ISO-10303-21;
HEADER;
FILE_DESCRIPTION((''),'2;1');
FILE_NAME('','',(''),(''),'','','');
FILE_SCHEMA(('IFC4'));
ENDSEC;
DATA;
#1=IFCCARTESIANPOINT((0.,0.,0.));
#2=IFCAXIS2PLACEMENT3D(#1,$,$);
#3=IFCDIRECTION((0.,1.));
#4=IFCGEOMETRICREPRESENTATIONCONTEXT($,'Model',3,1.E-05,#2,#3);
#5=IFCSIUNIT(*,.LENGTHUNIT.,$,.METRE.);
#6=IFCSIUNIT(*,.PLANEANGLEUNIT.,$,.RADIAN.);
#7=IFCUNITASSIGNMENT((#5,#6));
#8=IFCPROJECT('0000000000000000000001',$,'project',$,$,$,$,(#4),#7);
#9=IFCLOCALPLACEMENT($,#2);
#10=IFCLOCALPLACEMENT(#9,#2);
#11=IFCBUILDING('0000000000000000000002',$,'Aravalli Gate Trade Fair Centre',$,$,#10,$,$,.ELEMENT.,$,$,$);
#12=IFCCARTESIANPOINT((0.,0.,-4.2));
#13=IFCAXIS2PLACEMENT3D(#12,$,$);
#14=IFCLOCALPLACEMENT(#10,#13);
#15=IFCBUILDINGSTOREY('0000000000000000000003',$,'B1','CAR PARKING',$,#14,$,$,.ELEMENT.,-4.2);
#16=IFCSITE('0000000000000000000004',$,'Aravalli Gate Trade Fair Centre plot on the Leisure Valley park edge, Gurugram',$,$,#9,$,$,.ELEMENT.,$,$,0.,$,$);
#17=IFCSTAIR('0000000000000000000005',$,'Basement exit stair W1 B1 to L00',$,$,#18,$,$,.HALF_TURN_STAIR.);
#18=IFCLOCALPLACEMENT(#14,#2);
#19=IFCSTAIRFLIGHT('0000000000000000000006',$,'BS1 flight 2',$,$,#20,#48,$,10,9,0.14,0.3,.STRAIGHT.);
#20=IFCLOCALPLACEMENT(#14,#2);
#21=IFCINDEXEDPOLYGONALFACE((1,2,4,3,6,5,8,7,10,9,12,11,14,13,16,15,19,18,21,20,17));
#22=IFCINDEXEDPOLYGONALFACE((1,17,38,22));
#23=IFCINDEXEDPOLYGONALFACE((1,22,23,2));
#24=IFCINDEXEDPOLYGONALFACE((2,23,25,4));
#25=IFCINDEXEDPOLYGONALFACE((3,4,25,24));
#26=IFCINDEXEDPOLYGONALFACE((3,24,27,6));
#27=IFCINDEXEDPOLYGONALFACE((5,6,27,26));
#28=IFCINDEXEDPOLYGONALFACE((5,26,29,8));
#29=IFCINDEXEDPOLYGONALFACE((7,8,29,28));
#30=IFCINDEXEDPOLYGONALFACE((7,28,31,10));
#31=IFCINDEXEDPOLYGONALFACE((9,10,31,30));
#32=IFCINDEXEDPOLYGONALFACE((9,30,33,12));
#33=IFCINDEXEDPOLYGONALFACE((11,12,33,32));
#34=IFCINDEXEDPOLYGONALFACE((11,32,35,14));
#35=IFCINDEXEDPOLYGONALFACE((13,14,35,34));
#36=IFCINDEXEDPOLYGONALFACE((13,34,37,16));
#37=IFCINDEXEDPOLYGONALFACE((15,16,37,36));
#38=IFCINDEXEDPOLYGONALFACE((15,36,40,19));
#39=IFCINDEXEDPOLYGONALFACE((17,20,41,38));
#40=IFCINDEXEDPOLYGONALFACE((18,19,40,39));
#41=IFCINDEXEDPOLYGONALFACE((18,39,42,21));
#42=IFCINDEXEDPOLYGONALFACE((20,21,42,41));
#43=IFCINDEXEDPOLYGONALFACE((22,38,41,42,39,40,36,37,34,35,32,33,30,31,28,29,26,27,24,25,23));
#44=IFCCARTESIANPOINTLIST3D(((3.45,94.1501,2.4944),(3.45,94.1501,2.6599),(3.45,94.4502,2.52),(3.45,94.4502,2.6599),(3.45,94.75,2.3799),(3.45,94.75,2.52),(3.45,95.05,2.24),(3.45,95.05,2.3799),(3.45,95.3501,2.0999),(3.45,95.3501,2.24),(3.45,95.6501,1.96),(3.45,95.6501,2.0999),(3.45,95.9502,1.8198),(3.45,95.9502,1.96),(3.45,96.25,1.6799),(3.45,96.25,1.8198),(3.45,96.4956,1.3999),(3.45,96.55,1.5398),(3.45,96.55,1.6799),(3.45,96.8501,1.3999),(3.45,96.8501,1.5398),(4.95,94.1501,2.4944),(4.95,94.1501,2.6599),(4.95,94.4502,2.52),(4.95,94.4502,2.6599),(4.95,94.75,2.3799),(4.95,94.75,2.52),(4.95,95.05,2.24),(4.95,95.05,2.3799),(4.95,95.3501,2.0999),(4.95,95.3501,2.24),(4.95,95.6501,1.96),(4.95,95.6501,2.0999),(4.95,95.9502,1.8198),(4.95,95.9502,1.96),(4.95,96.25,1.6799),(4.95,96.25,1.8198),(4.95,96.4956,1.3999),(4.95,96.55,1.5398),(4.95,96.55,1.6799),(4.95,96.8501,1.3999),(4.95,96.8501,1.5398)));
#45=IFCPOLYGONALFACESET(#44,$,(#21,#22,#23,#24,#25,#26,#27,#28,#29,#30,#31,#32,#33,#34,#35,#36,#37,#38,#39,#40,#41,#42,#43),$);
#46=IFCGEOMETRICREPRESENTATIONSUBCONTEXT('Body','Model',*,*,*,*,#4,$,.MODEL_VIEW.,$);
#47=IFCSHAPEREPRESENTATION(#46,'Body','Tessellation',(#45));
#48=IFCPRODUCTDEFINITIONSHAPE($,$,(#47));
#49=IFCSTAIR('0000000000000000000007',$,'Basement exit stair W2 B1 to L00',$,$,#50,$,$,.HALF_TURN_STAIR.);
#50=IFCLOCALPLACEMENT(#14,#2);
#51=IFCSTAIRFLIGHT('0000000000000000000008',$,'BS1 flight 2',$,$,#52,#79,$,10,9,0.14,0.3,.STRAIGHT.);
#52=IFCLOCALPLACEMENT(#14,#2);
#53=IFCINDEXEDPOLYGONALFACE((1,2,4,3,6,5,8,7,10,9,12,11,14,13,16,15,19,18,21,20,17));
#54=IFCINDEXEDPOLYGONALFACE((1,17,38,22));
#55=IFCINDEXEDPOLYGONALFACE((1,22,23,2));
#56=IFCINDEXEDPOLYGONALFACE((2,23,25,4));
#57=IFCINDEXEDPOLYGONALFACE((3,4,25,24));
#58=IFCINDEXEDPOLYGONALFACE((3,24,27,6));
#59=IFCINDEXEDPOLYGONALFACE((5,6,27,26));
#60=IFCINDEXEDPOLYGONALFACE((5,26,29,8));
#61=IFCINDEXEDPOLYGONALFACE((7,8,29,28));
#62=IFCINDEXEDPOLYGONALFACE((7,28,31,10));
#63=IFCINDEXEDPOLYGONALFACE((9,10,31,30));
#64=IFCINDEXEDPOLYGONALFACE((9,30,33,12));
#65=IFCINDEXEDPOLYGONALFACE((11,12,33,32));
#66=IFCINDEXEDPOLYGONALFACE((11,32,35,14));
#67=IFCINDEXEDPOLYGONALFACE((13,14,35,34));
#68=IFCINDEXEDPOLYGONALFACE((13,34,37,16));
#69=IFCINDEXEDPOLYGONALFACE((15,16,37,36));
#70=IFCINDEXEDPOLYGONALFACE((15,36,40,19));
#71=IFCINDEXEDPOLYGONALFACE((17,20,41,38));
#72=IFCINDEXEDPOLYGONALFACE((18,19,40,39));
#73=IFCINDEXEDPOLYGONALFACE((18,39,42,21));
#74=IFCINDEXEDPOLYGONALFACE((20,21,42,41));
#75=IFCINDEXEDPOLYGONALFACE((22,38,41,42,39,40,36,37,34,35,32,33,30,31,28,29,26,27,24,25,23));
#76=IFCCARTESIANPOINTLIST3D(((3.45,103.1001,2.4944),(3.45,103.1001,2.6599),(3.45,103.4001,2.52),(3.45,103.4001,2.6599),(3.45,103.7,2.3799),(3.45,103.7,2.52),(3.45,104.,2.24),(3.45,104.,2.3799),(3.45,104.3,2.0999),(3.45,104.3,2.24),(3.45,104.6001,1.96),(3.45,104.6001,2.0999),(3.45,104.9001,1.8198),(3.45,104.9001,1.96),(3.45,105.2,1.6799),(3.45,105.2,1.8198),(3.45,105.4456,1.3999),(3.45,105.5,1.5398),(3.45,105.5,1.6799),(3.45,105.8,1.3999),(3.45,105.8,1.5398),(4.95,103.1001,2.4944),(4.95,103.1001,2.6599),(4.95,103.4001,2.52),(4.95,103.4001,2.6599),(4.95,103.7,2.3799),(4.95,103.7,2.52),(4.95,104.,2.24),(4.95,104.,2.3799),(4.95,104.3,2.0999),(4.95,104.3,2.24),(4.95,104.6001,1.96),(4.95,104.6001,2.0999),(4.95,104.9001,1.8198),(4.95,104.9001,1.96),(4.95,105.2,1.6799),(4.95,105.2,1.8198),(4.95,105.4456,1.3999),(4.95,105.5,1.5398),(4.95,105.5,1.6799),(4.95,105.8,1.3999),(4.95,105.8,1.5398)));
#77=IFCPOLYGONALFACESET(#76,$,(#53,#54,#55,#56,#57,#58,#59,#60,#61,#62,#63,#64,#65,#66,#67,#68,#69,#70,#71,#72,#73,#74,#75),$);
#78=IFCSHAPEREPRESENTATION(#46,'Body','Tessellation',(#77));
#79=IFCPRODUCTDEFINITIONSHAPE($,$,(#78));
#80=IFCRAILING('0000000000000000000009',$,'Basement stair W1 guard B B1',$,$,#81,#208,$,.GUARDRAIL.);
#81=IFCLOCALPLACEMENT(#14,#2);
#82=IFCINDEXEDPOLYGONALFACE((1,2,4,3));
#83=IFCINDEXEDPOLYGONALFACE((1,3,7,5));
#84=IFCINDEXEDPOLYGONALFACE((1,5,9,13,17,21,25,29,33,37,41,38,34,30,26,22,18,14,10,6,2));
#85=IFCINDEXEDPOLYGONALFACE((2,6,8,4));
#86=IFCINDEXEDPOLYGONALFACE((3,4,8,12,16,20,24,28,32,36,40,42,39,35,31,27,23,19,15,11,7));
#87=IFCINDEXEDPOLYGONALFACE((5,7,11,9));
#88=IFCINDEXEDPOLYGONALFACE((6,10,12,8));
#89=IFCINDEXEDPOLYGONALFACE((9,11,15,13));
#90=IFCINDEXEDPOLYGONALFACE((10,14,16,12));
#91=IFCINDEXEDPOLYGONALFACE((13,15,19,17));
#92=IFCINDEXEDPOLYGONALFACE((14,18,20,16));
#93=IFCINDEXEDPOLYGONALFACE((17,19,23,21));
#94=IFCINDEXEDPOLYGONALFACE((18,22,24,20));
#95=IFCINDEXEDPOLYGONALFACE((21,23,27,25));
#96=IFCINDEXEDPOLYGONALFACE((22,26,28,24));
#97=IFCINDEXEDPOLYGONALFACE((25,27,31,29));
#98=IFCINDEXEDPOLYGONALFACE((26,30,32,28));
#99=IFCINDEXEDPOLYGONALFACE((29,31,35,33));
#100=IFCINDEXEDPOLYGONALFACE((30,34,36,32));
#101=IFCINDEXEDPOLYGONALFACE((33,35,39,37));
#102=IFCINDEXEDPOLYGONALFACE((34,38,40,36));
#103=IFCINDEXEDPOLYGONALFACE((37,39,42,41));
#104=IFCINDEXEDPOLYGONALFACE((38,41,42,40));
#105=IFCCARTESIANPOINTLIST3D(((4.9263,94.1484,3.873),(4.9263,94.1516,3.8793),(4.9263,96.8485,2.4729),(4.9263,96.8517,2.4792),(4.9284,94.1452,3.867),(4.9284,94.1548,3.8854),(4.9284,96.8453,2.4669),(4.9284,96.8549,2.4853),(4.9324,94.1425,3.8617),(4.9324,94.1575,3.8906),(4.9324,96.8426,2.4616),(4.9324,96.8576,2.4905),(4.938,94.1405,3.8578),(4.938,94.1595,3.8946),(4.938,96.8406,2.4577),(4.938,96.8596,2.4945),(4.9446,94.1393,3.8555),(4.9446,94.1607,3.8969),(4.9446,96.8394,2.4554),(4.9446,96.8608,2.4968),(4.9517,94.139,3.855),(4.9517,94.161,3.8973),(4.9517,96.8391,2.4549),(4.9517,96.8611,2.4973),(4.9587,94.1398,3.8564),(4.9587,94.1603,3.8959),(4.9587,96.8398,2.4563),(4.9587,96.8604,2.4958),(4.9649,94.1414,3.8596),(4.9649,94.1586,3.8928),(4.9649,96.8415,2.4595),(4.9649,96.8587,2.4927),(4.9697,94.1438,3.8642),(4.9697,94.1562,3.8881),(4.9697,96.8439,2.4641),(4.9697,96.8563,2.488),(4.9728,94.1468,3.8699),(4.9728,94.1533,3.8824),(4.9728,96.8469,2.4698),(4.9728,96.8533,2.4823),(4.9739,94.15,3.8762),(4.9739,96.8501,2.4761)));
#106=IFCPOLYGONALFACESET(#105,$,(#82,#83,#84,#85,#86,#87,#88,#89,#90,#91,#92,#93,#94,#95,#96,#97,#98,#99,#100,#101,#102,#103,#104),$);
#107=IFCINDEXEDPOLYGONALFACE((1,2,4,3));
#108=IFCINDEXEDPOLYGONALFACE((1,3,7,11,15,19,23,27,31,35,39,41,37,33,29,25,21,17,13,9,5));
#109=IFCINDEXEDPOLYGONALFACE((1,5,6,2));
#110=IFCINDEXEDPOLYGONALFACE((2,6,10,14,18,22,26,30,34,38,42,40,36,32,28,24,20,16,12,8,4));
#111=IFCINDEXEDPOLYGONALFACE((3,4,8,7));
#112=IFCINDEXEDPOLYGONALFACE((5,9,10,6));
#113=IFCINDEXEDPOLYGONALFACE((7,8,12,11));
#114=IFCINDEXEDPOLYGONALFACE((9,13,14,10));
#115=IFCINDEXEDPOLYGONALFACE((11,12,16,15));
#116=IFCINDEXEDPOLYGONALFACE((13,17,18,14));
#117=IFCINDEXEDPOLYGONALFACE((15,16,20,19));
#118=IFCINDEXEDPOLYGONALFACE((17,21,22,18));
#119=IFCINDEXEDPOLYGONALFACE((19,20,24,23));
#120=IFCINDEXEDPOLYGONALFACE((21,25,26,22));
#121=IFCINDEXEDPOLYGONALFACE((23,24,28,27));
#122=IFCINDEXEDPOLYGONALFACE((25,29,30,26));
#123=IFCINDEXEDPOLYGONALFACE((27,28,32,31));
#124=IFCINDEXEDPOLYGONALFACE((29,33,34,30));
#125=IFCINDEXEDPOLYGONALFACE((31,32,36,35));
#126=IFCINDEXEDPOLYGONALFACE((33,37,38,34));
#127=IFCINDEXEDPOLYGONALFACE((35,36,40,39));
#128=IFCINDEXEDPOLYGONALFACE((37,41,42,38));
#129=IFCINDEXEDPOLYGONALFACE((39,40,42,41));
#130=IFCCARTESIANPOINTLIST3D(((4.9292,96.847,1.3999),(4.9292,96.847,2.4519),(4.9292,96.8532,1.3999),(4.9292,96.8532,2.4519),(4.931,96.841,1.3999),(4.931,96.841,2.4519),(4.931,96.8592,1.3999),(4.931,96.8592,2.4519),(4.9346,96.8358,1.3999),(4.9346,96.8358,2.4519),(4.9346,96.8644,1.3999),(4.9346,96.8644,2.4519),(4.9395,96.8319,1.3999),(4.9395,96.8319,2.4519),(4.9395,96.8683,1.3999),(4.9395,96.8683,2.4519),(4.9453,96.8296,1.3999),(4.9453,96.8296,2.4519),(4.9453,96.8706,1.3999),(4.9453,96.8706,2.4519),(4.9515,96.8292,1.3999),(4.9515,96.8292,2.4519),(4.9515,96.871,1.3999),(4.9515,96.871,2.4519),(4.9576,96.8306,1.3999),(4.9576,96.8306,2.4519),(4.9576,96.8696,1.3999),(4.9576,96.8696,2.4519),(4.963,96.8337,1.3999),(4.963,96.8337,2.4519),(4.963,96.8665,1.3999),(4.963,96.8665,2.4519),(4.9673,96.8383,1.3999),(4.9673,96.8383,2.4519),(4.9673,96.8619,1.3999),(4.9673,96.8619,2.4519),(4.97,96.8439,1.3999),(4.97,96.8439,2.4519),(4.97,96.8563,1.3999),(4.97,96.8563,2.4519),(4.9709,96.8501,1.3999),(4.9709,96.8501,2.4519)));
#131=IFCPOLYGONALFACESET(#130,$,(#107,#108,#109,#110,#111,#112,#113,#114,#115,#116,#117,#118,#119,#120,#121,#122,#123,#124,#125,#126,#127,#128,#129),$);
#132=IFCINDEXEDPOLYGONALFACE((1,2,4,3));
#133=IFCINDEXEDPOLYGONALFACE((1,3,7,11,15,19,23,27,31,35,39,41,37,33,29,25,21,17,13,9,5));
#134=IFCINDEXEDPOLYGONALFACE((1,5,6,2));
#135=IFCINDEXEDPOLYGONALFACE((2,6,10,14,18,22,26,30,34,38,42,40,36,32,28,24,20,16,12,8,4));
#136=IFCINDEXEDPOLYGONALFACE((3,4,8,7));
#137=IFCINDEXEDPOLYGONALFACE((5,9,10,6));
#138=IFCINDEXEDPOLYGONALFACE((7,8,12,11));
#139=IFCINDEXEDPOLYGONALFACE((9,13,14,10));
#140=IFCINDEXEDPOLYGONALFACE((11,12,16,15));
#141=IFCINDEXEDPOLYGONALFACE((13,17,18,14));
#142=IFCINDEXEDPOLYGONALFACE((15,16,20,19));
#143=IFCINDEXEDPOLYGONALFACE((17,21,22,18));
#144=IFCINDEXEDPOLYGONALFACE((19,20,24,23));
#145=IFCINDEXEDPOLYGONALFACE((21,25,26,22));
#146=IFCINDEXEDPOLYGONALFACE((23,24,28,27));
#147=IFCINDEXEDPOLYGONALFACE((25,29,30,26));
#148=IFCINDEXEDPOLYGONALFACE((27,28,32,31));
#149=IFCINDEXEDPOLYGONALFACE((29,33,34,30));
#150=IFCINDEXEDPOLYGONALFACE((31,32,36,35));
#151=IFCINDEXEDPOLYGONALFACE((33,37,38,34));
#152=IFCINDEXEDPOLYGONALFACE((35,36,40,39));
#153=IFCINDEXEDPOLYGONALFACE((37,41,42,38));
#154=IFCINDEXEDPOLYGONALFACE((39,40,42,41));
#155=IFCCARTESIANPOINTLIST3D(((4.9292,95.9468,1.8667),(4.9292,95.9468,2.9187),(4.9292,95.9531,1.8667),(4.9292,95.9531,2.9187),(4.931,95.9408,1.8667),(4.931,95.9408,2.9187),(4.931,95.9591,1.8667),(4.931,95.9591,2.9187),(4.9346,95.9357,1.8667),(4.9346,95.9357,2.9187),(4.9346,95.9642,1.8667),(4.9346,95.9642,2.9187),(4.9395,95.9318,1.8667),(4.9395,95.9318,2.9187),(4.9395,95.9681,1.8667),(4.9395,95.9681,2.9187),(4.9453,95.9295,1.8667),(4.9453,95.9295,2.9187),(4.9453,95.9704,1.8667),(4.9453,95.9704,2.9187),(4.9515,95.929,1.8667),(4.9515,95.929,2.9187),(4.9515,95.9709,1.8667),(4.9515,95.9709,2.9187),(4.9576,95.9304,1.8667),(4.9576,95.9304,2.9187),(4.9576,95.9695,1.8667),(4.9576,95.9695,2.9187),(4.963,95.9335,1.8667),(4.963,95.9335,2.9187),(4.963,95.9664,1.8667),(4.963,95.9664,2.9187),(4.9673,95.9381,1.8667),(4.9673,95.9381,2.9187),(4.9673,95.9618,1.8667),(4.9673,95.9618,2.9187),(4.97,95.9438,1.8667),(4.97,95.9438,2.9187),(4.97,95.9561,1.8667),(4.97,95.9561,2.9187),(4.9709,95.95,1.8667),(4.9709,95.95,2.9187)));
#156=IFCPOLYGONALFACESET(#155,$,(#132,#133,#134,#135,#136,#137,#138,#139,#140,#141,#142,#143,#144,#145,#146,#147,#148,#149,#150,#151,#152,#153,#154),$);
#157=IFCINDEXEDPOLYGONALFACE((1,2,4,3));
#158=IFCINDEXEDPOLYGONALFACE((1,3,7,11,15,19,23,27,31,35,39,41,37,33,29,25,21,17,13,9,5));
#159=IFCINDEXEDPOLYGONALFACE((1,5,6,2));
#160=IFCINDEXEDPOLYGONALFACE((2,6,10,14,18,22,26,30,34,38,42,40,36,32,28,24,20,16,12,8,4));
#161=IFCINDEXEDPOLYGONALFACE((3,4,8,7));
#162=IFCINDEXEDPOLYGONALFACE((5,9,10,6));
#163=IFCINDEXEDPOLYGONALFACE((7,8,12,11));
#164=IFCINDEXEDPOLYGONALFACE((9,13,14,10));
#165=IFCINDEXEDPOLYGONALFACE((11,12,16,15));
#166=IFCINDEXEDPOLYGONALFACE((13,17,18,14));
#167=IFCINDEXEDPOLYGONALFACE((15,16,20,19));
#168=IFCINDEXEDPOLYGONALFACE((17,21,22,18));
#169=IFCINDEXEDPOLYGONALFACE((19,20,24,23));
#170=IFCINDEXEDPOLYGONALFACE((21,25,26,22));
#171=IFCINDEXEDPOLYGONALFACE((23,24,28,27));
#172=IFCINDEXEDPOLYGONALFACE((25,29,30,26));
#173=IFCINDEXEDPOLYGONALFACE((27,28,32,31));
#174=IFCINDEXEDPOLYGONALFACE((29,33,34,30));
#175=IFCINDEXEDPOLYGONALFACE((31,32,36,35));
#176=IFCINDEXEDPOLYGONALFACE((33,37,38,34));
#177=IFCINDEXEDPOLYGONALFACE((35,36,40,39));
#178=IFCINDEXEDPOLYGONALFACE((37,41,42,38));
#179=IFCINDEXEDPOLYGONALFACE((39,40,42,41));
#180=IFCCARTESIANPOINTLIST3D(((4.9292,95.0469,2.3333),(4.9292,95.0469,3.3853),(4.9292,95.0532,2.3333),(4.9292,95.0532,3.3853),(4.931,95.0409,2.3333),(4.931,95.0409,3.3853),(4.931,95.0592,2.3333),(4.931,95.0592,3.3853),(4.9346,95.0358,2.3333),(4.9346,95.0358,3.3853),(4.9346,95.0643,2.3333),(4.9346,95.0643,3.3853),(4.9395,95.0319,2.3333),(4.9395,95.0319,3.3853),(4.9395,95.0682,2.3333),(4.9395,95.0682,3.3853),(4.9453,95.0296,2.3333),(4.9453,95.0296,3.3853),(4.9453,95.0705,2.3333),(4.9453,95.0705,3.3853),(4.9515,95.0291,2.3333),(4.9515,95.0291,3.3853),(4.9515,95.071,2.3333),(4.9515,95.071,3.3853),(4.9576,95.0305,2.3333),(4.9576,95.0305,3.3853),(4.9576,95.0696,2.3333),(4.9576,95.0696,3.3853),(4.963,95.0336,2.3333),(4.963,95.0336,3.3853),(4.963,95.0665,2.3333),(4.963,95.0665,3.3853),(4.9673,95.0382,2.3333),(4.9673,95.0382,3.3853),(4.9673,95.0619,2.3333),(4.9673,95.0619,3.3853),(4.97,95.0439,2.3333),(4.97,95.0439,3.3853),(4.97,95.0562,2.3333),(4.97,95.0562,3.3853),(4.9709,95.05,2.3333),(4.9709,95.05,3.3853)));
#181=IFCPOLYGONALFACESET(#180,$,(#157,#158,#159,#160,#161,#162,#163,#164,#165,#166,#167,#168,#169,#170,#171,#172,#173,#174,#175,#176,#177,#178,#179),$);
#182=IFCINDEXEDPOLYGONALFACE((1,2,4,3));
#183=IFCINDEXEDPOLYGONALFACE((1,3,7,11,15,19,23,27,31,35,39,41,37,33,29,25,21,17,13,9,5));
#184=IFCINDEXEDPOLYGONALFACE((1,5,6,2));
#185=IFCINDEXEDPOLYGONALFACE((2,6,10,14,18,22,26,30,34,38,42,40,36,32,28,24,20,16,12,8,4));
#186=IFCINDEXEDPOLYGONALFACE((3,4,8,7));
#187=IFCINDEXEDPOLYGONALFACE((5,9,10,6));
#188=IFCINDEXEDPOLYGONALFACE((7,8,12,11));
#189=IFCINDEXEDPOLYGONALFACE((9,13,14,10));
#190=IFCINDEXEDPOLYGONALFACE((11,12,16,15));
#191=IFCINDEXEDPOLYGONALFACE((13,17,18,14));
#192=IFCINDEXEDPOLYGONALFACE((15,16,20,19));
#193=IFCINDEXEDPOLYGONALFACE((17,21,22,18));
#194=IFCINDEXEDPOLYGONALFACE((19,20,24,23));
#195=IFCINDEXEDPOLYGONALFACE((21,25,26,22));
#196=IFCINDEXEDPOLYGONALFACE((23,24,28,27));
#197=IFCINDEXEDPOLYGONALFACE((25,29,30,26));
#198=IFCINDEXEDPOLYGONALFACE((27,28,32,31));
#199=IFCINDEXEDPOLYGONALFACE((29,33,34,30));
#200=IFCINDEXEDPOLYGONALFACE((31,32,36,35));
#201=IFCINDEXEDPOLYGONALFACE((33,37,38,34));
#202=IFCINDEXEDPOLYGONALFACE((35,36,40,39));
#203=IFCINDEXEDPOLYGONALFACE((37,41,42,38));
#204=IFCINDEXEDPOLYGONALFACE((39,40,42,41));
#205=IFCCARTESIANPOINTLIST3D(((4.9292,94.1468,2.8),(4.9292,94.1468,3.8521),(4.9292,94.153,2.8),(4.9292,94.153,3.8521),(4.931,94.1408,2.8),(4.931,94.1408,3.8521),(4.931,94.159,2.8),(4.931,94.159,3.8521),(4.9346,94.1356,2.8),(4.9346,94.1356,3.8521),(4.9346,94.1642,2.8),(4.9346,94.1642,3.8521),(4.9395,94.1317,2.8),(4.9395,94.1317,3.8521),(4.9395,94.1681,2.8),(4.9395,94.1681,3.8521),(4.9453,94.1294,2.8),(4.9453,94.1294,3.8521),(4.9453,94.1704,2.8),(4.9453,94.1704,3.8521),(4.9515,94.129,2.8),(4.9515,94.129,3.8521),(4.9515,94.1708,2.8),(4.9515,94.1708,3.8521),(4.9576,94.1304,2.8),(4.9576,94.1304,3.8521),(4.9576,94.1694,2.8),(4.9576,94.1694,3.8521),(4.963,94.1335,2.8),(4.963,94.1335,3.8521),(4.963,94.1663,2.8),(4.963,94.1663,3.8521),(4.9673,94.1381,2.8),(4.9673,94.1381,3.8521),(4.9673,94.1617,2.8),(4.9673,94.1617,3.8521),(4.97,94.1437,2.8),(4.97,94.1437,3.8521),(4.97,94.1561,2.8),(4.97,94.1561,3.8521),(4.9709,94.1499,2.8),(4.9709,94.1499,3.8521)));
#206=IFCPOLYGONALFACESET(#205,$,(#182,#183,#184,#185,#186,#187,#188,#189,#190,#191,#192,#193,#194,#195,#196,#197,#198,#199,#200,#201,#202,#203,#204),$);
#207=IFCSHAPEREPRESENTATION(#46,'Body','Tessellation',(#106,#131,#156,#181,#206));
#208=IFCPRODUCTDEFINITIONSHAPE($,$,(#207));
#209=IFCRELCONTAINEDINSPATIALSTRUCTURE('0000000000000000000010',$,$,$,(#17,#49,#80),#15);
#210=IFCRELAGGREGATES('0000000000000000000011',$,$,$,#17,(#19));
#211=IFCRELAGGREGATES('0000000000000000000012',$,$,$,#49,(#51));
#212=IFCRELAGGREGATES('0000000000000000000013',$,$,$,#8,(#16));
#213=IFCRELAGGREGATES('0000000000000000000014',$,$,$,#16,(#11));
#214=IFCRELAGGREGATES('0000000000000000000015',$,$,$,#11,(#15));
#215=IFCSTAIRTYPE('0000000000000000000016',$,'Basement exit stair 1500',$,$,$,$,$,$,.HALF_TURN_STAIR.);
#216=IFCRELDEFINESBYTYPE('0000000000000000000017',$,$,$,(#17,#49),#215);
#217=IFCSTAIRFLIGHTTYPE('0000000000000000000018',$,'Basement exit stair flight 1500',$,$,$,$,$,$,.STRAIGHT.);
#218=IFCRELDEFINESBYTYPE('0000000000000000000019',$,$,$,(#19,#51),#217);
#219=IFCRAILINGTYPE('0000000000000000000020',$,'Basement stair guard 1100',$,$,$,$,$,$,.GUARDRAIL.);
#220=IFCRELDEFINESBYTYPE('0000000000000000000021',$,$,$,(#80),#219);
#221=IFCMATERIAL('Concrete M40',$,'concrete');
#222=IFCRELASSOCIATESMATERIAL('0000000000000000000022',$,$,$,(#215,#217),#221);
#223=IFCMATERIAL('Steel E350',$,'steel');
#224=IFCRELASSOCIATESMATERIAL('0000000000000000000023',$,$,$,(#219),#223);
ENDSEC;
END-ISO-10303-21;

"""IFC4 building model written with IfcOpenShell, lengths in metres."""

from ifc_helpers import new_model, si_unit, direction, frame, origin, origin_2d, place, context, subcontext, project, spatial, polyline, circle, outline, extrude, material, type_object, element, aggregate, save


model = new_model("IFC4")

# Units and contexts
model_context = context("Model", 3, precision=1e-05, world=origin(), true_north=direction((0.0, 1.0)))
body_context = subcontext(model_context, "Body", "Model", "MODEL_VIEW")
ifc_project = project(units=[si_unit("LENGTHUNIT", "METRE"), si_unit("PLANEANGLEUNIT", "RADIAN")], contexts=[model_context])

# Site, building, storey
site_placement = place(None, origin())
site = spatial("IfcSite", under=ifc_project, at=site_placement, Name="Aravalli Gate Trade Fair Centre plot on the Leisure Valley park edge, Gurugram", CompositionType="ELEMENT", RefElevation=0.0)
building_placement = place(site_placement, origin())
building = spatial("IfcBuilding", under=site, at=building_placement, Name="Aravalli Gate Trade Fair Centre", CompositionType="ELEMENT")
storey_placement = place(building_placement, frame((0.0, 0.0, -4.2)))
storey = spatial("IfcBuildingStorey", under=building, at=storey_placement, Name="B1", Description="CAR PARKING", CompositionType="ELEMENT", Elevation=-4.2)

# Shared definitions
ifc_material_1 = material(Name="Concrete M40", Category="concrete")

# Stairs, stair flights
stair_type = type_object("IfcStairType", Name="Basement exit stair 1500", PredefinedType="HALF_TURN_STAIR", material=ifc_material_1)
stair_1_placement = place(storey_placement, origin())
stair_1 = element("IfcStair", 1, at=stair_1_placement, inside=storey, type_object=stair_type, Name="Basement exit stair W1 B1 to L00", PredefinedType="HALF_TURN_STAIR")
stair_flight_type = type_object("IfcStairFlightType", Name="Basement exit stair flight 1500", PredefinedType="STRAIGHT", material=ifc_material_1)
stair_flight_1_placement = place(storey_placement, frame((4.2, 96.8501, 1.3999), z_axis=(0.0, 0.0, 1.0), x_axis=(0.0, -1.0, 0.0)))
stair_flight_1 = element("IfcStairFlight", 2, at=stair_flight_1_placement, type_object=stair_flight_type, Name="BS1 flight 2", NumberOfRisers=10, NumberOfTreads=9, PredefinedType="STRAIGHT", RiserHeight=0.14, TreadLength=0.3, context=body_context, shape_type="SweptSolid", body=[
    extrude(outline(polyline([(0.0, 0.0), (0.0, 0.1399), (0.3, 0.1399), (0.3, 0.28), (0.6001, 0.28), (0.6001, 0.4199), (0.8999, 0.4199), (0.8999, 0.5601), (1.2, 0.5601), (1.2, 0.7), (1.5, 0.7), (1.5, 0.8401), (1.8, 0.8401), (1.8, 0.98), (2.1001, 0.98), (2.1001, 1.1201), (2.3999, 1.1201), (2.3999, 1.26), (2.7, 1.26), (2.7, 1.3999), (2.7, 1.0945), (0.3545, 0.0), (0.0, 0.0)])), frame((0.0, 0.75, 0.0), z_axis=(0.0, -1.0, 0.0), x_axis=(1.0, 0.0, 0.0)), (0.0, 0.0, 1.0), 1.5),
])
aggregate(stair_1, [stair_flight_1])
stair_2_placement = place(storey_placement, origin())
stair_2 = element("IfcStair", 3, at=stair_2_placement, inside=storey, type_object=stair_type, Name="Basement exit stair W2 B1 to L00", PredefinedType="HALF_TURN_STAIR")
stair_flight_2_placement = place(storey_placement, frame((4.2, 105.8, 1.3999), z_axis=(0.0, 0.0, 1.0), x_axis=(0.0, -1.0, 0.0)))
stair_flight_2 = element("IfcStairFlight", 4, at=stair_flight_2_placement, type_object=stair_flight_type, Name="BS1 flight 2", NumberOfRisers=10, NumberOfTreads=9, PredefinedType="STRAIGHT", RiserHeight=0.14, TreadLength=0.3, context=body_context, shape_type="SweptSolid", body=[
    extrude(outline(polyline([(0.0, 0.0), (0.0, 0.1399), (0.3, 0.1399), (0.3, 0.28), (0.6001, 0.28), (0.6001, 0.4199), (0.8999, 0.4199), (0.8999, 0.5601), (1.2, 0.5601), (1.2, 0.7), (1.5, 0.7), (1.5, 0.8401), (1.8, 0.8401), (1.8, 0.98), (2.1001, 0.98), (2.1001, 1.1201), (2.3999, 1.1201), (2.3999, 1.26), (2.7, 1.26), (2.7, 1.3999), (2.7, 1.0945), (0.3545, 0.0), (0.0, 0.0)])), frame((0.0, 0.75, 0.0), z_axis=(0.0, -1.0, 0.0), x_axis=(1.0, 0.0, 0.0)), (0.0, 0.0, 1.0), 1.5),
])
aggregate(stair_2, [stair_flight_2])

# Railing
ifc_material_2 = material(Name="Steel E350", Category="steel")
railing_type = type_object("IfcRailingType", Name="Basement stair guard 1100", PredefinedType="GUARDRAIL", material=ifc_material_2)
railing_1_placement = place(storey_placement, frame((4.95, 96.8501, 1.3999)))
element("IfcRailing", 5, at=railing_1_placement, inside=storey, type_object=railing_type, Name="Basement stair W1 guard B B1", PredefinedType="GUARDRAIL", context=body_context, shape_type="SweptSolid", body=[
    extrude(circle(Radius=0.0239, at=origin_2d()), frame((0.0, 0.0, 1.0762), z_axis=(0.0, -0.887748, 0.460329), x_axis=(1.0, 0.0, 0.0)), (0.0, 0.0, 1.0), 3.0415),
    extrude(circle(Radius=0.021, at=origin_2d()), origin(), (0.0, 0.0, 1.0), 1.052),
    extrude(circle(Radius=0.021, at=origin_2d()), frame((0.0, -0.9001, 0.4668)), (0.0, 0.0, 1.0), 1.052),
    extrude(circle(Radius=0.021, at=origin_2d()), frame((0.0, -1.8, 0.9333)), (0.0, 0.0, 1.0), 1.052),
    extrude(circle(Radius=0.021, at=origin_2d()), frame((0.0, -2.7002, 1.4001)), (0.0, 0.0, 1.0), 1.052),
])

save(model, "model.ifc")
